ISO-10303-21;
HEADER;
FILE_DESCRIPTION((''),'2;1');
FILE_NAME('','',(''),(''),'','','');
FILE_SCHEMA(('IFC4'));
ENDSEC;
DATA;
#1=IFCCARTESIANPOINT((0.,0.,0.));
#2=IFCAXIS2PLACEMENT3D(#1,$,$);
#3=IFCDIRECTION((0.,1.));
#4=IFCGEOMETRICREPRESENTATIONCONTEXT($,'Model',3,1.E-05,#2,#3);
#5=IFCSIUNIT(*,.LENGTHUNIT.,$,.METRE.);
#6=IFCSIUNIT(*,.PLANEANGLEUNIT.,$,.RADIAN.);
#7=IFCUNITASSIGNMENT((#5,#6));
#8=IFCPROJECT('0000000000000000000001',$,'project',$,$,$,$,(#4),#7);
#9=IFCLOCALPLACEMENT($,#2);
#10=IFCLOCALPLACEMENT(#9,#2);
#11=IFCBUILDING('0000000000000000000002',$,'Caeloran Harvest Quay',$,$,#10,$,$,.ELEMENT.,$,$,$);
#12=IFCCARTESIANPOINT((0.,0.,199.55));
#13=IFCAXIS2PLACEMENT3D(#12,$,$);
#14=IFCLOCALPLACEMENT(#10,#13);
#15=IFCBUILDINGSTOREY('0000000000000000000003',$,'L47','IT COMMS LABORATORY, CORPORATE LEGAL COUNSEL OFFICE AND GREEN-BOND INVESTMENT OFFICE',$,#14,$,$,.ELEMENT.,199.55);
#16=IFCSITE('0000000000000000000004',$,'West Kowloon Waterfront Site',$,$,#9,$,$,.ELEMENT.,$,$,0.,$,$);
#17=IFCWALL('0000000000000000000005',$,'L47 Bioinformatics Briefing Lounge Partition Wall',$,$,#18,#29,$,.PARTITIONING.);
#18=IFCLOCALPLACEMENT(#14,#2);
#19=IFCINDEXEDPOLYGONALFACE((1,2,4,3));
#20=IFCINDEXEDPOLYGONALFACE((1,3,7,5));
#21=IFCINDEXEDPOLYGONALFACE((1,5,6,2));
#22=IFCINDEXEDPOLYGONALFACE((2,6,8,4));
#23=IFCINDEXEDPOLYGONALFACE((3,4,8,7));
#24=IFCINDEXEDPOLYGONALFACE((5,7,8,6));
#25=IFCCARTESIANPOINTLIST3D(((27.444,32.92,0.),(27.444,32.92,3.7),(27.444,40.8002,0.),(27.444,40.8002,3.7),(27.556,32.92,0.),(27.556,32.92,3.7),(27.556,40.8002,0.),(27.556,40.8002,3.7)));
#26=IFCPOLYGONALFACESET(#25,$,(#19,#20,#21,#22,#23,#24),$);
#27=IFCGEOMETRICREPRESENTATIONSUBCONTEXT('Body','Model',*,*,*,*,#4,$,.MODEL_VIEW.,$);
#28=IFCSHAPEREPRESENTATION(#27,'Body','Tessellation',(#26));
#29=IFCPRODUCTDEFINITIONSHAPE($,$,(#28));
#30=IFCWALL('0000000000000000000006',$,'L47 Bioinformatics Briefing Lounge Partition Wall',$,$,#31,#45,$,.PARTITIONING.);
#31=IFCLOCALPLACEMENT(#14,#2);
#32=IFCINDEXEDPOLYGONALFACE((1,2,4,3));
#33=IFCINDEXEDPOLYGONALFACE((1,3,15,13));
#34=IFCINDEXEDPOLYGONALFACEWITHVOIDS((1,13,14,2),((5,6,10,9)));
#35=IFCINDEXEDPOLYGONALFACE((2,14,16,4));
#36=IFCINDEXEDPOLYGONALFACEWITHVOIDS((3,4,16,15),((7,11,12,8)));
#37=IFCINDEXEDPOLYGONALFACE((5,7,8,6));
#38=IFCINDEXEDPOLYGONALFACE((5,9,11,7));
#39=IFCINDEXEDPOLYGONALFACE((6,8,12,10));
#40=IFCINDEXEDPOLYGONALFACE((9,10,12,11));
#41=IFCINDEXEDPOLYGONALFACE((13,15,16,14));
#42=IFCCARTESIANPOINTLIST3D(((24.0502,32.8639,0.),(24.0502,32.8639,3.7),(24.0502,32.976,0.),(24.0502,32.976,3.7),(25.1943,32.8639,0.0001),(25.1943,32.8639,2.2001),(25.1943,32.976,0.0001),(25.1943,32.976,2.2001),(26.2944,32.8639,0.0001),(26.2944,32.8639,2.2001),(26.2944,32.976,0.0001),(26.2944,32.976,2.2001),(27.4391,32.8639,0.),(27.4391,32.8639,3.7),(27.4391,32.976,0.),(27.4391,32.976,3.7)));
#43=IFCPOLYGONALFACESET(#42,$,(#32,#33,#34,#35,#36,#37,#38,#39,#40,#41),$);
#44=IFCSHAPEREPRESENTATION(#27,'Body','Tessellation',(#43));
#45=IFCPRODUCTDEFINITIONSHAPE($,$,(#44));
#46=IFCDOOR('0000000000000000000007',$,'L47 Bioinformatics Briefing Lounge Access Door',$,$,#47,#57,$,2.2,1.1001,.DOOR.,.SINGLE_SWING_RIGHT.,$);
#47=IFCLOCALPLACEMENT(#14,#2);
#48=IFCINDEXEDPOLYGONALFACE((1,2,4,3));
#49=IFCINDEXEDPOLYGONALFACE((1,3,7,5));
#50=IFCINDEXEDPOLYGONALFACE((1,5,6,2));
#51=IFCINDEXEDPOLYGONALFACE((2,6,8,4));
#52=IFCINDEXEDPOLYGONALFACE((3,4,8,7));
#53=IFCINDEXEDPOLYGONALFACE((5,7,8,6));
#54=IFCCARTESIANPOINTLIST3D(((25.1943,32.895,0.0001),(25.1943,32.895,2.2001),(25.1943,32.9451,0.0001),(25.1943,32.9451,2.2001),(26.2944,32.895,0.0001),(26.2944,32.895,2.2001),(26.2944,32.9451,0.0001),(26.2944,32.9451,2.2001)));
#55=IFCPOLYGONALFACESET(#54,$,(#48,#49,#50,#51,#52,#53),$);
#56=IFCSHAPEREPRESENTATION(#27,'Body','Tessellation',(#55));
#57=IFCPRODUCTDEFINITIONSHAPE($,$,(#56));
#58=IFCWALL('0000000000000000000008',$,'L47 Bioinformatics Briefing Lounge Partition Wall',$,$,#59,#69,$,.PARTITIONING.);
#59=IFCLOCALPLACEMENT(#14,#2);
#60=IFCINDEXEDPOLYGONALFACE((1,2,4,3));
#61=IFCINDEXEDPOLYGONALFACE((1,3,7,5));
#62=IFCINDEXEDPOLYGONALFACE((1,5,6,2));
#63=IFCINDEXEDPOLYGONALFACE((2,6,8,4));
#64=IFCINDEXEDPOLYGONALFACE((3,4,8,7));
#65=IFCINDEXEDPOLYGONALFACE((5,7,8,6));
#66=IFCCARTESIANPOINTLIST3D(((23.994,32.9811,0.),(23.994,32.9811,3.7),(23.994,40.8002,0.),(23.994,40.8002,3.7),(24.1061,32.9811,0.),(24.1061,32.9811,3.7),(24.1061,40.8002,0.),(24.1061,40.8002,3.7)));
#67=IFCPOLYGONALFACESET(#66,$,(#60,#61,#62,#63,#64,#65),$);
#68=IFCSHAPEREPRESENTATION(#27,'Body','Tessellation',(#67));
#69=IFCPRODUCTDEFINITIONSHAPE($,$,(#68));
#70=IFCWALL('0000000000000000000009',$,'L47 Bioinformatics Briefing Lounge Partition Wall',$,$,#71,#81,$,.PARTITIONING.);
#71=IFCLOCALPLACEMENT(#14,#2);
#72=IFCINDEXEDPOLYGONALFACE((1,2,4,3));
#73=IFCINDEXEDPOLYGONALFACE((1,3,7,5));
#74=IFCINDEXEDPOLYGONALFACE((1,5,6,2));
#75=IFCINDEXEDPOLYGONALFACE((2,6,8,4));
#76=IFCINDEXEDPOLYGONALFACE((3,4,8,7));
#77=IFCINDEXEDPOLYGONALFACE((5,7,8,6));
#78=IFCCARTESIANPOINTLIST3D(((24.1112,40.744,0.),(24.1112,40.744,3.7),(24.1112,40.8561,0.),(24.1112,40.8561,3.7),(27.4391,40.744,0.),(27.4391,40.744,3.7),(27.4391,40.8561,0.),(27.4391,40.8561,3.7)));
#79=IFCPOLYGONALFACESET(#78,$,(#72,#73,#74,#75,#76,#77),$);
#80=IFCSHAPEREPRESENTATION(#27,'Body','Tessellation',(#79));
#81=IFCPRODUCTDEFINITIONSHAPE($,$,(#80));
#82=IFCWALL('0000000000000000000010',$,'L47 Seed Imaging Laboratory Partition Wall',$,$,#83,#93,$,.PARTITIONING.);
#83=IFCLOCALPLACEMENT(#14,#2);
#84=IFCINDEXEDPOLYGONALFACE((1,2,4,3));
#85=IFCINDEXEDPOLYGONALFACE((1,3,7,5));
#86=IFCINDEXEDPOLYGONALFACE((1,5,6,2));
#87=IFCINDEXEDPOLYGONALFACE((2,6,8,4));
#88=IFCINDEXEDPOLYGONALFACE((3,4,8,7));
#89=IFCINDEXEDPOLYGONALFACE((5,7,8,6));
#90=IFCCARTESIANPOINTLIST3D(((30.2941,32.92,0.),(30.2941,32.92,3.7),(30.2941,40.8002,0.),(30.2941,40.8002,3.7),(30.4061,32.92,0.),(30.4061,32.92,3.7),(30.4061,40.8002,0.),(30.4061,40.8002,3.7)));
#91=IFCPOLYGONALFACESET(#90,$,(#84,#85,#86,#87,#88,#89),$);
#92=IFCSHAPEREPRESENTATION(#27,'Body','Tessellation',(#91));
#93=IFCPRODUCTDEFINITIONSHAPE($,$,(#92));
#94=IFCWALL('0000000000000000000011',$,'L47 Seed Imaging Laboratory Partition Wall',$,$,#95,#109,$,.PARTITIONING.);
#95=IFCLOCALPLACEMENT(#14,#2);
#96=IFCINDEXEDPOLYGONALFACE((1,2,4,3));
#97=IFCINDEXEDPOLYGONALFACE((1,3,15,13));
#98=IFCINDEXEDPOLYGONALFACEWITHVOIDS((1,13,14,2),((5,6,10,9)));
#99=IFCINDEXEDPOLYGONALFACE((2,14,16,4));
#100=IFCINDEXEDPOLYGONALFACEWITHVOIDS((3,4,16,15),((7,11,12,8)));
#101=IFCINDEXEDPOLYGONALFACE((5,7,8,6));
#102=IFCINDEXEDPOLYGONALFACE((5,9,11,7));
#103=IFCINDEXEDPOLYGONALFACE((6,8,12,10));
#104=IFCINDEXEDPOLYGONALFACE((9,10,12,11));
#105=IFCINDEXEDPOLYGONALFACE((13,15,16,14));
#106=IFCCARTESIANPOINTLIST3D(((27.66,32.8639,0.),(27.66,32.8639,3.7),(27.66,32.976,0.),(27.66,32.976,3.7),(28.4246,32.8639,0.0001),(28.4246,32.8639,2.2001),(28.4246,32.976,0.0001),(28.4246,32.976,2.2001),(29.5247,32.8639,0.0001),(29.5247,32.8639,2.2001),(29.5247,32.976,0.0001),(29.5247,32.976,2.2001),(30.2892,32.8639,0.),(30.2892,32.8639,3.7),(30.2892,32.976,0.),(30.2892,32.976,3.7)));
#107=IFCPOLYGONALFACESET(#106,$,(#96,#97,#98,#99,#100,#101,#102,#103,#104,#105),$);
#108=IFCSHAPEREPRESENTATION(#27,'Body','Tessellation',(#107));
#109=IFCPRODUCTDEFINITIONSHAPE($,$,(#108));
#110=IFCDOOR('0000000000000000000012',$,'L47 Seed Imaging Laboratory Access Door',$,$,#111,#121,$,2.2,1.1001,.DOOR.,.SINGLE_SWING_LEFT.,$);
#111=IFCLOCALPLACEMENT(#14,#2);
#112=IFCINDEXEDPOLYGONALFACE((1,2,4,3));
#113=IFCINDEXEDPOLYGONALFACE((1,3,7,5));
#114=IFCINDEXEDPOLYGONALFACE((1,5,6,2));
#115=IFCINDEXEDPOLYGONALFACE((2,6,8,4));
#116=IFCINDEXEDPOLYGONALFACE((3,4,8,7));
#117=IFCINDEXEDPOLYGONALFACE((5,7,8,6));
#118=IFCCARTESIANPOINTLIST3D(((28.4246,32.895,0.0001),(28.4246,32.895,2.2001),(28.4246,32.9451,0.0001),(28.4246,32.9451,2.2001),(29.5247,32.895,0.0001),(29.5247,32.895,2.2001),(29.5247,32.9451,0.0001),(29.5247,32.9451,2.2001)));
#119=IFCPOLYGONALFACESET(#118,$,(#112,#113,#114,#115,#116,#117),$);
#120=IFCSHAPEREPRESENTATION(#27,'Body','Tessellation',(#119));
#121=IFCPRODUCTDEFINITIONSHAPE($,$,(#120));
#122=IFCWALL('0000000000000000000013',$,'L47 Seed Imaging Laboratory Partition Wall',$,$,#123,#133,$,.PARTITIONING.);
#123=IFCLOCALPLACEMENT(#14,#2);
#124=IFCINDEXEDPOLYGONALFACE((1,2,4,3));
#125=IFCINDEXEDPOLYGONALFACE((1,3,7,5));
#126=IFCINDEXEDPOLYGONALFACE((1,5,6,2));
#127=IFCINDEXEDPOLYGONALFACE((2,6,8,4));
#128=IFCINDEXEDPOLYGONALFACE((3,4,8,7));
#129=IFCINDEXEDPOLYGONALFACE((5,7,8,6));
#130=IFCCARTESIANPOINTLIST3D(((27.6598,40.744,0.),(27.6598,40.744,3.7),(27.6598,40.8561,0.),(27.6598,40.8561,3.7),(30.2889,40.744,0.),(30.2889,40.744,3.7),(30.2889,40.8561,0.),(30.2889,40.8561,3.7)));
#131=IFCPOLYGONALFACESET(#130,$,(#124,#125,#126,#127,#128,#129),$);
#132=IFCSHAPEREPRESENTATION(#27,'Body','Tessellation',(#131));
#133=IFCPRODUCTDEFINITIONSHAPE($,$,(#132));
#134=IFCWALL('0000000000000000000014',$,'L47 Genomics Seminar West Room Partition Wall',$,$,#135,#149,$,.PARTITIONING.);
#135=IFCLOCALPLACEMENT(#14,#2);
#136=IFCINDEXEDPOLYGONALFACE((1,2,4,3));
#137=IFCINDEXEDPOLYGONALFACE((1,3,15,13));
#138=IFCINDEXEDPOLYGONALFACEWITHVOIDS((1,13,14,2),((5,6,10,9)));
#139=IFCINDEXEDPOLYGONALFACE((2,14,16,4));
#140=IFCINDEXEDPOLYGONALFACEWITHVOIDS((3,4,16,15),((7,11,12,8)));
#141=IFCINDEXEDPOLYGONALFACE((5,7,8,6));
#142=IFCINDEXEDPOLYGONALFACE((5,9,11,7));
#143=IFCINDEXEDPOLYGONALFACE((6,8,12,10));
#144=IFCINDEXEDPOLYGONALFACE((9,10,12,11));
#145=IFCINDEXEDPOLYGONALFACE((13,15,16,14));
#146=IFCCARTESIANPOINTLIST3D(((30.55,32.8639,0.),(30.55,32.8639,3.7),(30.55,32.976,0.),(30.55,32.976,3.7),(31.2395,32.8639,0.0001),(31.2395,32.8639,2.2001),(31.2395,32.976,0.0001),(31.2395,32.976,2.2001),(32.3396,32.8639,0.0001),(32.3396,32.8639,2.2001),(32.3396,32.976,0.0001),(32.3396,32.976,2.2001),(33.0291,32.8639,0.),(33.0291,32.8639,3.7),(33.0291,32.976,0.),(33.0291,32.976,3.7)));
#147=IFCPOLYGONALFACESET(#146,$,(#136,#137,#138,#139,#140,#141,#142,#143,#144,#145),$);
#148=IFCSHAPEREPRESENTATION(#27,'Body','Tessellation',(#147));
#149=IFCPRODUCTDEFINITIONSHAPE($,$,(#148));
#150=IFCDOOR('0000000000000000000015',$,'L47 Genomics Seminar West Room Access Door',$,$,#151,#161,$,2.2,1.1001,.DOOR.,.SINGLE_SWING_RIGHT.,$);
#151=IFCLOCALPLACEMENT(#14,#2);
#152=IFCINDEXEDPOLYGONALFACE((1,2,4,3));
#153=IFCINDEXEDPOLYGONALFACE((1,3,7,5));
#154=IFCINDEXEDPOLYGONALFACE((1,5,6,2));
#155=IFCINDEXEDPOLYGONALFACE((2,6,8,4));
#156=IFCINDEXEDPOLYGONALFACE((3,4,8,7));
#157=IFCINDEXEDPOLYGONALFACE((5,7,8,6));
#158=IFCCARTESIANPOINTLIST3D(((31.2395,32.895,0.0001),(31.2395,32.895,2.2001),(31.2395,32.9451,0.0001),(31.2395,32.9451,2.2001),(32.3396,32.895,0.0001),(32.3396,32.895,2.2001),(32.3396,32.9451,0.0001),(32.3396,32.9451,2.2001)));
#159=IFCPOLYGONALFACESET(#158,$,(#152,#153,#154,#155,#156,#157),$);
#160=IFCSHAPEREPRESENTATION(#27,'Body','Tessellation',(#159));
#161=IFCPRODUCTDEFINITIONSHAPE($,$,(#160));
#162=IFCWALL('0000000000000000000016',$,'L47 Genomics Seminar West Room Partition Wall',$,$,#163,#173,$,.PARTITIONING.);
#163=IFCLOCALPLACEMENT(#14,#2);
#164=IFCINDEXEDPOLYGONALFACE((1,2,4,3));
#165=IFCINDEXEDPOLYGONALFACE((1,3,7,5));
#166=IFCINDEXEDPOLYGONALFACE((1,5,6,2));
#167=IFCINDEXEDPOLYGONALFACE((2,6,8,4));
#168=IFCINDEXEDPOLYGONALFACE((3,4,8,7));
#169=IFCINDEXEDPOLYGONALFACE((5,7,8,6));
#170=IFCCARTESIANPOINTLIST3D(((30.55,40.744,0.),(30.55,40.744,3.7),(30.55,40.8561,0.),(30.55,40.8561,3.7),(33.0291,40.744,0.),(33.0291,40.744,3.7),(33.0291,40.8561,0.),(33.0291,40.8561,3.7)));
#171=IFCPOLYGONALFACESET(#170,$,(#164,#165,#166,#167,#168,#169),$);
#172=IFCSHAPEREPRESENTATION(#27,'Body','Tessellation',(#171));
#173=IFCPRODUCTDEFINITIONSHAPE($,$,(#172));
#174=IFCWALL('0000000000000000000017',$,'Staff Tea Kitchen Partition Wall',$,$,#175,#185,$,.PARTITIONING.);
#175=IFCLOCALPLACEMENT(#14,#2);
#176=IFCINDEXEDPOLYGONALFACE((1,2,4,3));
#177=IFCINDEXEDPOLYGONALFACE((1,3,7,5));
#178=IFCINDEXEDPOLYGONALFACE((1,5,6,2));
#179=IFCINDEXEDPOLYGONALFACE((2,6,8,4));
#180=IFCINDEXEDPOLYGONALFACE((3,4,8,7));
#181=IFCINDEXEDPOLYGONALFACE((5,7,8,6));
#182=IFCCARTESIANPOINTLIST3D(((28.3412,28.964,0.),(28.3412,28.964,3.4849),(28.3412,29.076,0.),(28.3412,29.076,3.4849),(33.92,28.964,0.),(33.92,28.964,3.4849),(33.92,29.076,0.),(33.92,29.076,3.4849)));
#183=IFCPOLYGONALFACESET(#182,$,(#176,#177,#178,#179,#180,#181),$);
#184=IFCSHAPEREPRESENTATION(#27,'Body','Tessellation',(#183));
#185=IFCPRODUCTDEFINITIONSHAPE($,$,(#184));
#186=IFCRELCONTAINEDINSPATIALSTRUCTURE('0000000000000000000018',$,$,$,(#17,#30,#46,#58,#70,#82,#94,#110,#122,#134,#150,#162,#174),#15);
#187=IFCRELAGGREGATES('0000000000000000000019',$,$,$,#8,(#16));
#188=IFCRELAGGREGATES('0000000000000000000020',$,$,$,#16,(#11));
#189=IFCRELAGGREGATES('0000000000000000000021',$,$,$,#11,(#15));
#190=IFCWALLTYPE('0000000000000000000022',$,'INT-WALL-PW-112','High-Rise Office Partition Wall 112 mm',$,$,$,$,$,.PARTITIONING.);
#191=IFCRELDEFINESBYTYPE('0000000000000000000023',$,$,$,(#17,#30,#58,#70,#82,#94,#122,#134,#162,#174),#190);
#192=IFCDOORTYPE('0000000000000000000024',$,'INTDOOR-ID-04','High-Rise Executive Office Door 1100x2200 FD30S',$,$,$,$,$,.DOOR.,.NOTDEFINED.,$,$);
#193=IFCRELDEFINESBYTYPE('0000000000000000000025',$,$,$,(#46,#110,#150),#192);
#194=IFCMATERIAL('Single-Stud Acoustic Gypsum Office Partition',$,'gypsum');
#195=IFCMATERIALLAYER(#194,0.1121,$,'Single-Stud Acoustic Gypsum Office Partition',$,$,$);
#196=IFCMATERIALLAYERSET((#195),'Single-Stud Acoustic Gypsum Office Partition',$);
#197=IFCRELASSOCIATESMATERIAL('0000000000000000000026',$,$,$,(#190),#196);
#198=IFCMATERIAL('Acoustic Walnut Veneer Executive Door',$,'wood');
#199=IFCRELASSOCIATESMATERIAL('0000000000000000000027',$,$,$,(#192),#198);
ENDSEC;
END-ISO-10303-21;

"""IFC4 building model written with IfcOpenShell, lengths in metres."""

from ifc_helpers import new_model, si_unit, direction, frame, frame_2d, origin, place, context, subcontext, project, spatial, rectangle, extrude, material, layer, layer_set, type_object, element, fill, save


model = new_model("IFC4")

# Units and contexts
model_context = context("Model", 3, precision=1e-05, world=origin(), true_north=direction((0.0, 1.0)))
body_context = subcontext(model_context, "Body", "Model", "MODEL_VIEW")
ifc_project = project(units=[si_unit("LENGTHUNIT", "METRE"), si_unit("PLANEANGLEUNIT", "RADIAN")], contexts=[model_context])

# Site, building, storey
site_placement = place(None, origin())
site = spatial("IfcSite", under=ifc_project, at=site_placement, Name="West Kowloon Waterfront Site", CompositionType="ELEMENT", RefElevation=0.0)
building_placement = place(site_placement, origin())
building = spatial("IfcBuilding", under=site, at=building_placement, Name="Caeloran Harvest Quay", CompositionType="ELEMENT")
storey_placement = place(building_placement, frame((0.0, 0.0, 199.55)))
storey = spatial("IfcBuildingStorey", under=building, at=storey_placement, Name="L47", Description="IT COMMS LABORATORY, CORPORATE LEGAL COUNSEL OFFICE AND GREEN-BOND INVESTMENT OFFICE", CompositionType="ELEMENT", Elevation=199.55)

# Wall
ifc_material_1 = material(Name="Single-Stud Acoustic Gypsum Office Partition", Category="gypsum")
ifc_layer = layer(ifc_material_1, 0.1121, Name="Single-Stud Acoustic Gypsum Office Partition")
ifc_layer_set = layer_set([ifc_layer], Name="Single-Stud Acoustic Gypsum Office Partition")
wall_type = type_object("IfcWallType", Name="INT-WALL-PW-112", Description="High-Rise Office Partition Wall 112 mm", PredefinedType="PARTITIONING", material=ifc_layer_set)
wall_1_placement = place(storey_placement, frame((27.5, 40.8, 0.0), z_axis=(0.0, 0.0, 1.0), x_axis=(0.0, -1.0, 0.0)))
element("IfcWall", 1, at=wall_1_placement, inside=storey, type_object=wall_type, Name="L47 Bioinformatics Briefing Lounge Partition Wall", PredefinedType="PARTITIONING", context=body_context, shape_type="SweptSolid", body=[
    extrude(rectangle(XDim=7.8801, YDim=0.1121, at=frame_2d((3.9399, 0.0))), origin(), (0.0, 0.0, 1.0), 3.7),
])

# Wall, opening, door
wall_2_placement = place(storey_placement, frame((27.439, 32.9199, 0.0), z_axis=(0.0, 0.0, 1.0), x_axis=(-1.0, 0.0, 0.0)))
wall_2 = element("IfcWall", 2, at=wall_2_placement, inside=storey, type_object=wall_type, Name="L47 Bioinformatics Briefing Lounge Partition Wall", PredefinedType="PARTITIONING", context=body_context, shape_type="SweptSolid", body=[
    extrude(rectangle(XDim=3.3889, YDim=0.1121, at=frame_2d((1.6943, 0.0))), origin(), (0.0, 0.0, 1.0), 3.7),
])
opening_1_placement = place(wall_2_placement, frame((1.1445, 0.0, 0.0)))
opening_1 = element("IfcOpeningElement", 3, at=opening_1_placement, cuts=wall_2, PredefinedType="OPENING", context=body_context, shape_type="SweptSolid", body=[
    extrude(rectangle(XDim=1.1001, YDim=2.2, at=frame_2d((0.55, 1.1001))), frame((0.0, 0.0659, 0.0), z_axis=(0.0, -1.0, 0.0), x_axis=(1.0, 0.0, 0.0)), (0.0, 0.0, 1.0), 0.1321),
])
ifc_material_2 = material(Name="Acoustic Walnut Veneer Executive Door", Category="wood")
door_type = type_object("IfcDoorType", Name="INTDOOR-ID-04", Description="High-Rise Executive Office Door 1100x2200 FD30S", OperationType="NOTDEFINED", PredefinedType="DOOR", material=ifc_material_2)
door_1_placement = place(opening_1_placement, origin())
door_1 = element("IfcDoor", 4, at=door_1_placement, inside=storey, type_object=door_type, Name="L47 Bioinformatics Briefing Lounge Access Door", OperationType="SINGLE_SWING_RIGHT", OverallHeight=2.2, OverallWidth=1.1001, PredefinedType="DOOR", context=body_context, shape_type="SweptSolid", body=[
    extrude(rectangle(XDim=1.1001, YDim=2.2, at=frame_2d((0.55, 1.1001))), frame((0.0, 0.0249, 0.0), z_axis=(0.0, -1.0, 0.0), x_axis=(1.0, 0.0, 0.0)), (0.0, 0.0, 1.0), 0.05),
])
fill(opening_1, door_1)

# Walls
wall_3_placement = place(storey_placement, frame((24.05, 32.981, 0.0), z_axis=(0.0, 0.0, 1.0), x_axis=(0.0, 1.0, 0.0)))
element("IfcWall", 5, at=wall_3_placement, inside=storey, type_object=wall_type, Name="L47 Bioinformatics Briefing Lounge Partition Wall", PredefinedType="PARTITIONING", context=body_context, shape_type="SweptSolid", body=[
    extrude(rectangle(XDim=7.8191, YDim=0.1121, at=frame_2d((3.9097, 0.0))), origin(), (0.0, 0.0, 1.0), 3.7),
])
wall_4_placement = place(storey_placement, frame((24.1111, 40.8, 0.0), z_axis=(0.0, 0.0, 1.0), x_axis=(1.0, 0.0, 0.0)))
element("IfcWall", 6, at=wall_4_placement, inside=storey, type_object=wall_type, Name="L47 Bioinformatics Briefing Lounge Partition Wall", PredefinedType="PARTITIONING", context=body_context, shape_type="SweptSolid", body=[
    extrude(rectangle(XDim=3.3279, YDim=0.1121, at=frame_2d((1.6641, 0.0))), origin(), (0.0, 0.0, 1.0), 3.7),
])
wall_5_placement = place(storey_placement, frame((30.3501, 40.8, 0.0), z_axis=(0.0, 0.0, 1.0), x_axis=(0.0, -1.0, 0.0)))
element("IfcWall", 7, at=wall_5_placement, inside=storey, type_object=wall_type, Name="L47 Seed Imaging Laboratory Partition Wall", PredefinedType="PARTITIONING", context=body_context, shape_type="SweptSolid", body=[
    extrude(rectangle(XDim=7.8801, YDim=0.1121, at=frame_2d((3.9399, 0.0))), origin(), (0.0, 0.0, 1.0), 3.7),
])

# Wall, opening, door
wall_6_placement = place(storey_placement, frame((30.2891, 32.9199, 0.0), z_axis=(0.0, 0.0, 1.0), x_axis=(-1.0, 0.0, 0.0)))
wall_6 = element("IfcWall", 8, at=wall_6_placement, inside=storey, type_object=wall_type, Name="L47 Seed Imaging Laboratory Partition Wall", PredefinedType="PARTITIONING", context=body_context, shape_type="SweptSolid", body=[
    extrude(rectangle(XDim=2.6292, YDim=0.1121, at=frame_2d((1.3145, 0.0))), origin(), (0.0, 0.0, 1.0), 3.7),
])
opening_2_placement = place(wall_6_placement, frame((0.7644, 0.0, 0.0)))
opening_2 = element("IfcOpeningElement", 9, at=opening_2_placement, cuts=wall_6, PredefinedType="OPENING", context=body_context, shape_type="SweptSolid", body=[
    extrude(rectangle(XDim=1.1001, YDim=2.2, at=frame_2d((0.55, 1.1001))), frame((0.0, 0.0659, 0.0), z_axis=(0.0, -1.0, 0.0), x_axis=(1.0, 0.0, 0.0)), (0.0, 0.0, 1.0), 0.1321),
])
door_2_placement = place(opening_2_placement, origin())
door_2 = element("IfcDoor", 10, at=door_2_placement, inside=storey, type_object=door_type, Name="L47 Seed Imaging Laboratory Access Door", OperationType="SINGLE_SWING_LEFT", OverallHeight=2.2, OverallWidth=1.1001, PredefinedType="DOOR", context=body_context, shape_type="SweptSolid", body=[
    extrude(rectangle(XDim=1.1001, YDim=2.2, at=frame_2d((0.55, 1.1001))), frame((0.0, 0.0249, 0.0), z_axis=(0.0, -1.0, 0.0), x_axis=(1.0, 0.0, 0.0)), (0.0, 0.0, 1.0), 0.05),
])
fill(opening_2, door_2)

# Wall
wall_7_placement = place(storey_placement, frame((27.6599, 40.8, 0.0), z_axis=(0.0, 0.0, 1.0), x_axis=(1.0, 0.0, 0.0)))
element("IfcWall", 11, at=wall_7_placement, inside=storey, type_object=wall_type, Name="L47 Seed Imaging Laboratory Partition Wall", PredefinedType="PARTITIONING", context=body_context, shape_type="SweptSolid", body=[
    extrude(rectangle(XDim=2.6292, YDim=0.1121, at=frame_2d((1.3145, 0.0))), origin(), (0.0, 0.0, 1.0), 3.7),
])

# Wall, opening, door
wall_8_placement = place(storey_placement, frame((33.0291, 32.9199, 0.0), z_axis=(0.0, 0.0, 1.0), x_axis=(-1.0, 0.0, 0.0)))
wall_8 = element("IfcWall", 12, at=wall_8_placement, inside=storey, type_object=wall_type, Name="L47 Genomics Seminar West Room Partition Wall", PredefinedType="PARTITIONING", context=body_context, shape_type="SweptSolid", body=[
    extrude(rectangle(XDim=2.479, YDim=0.1121, at=frame_2d((1.2395, 0.0))), origin(), (0.0, 0.0, 1.0), 3.7),
])
opening_3_placement = place(wall_8_placement, frame((0.6895, 0.0, 0.0)))
opening_3 = element("IfcOpeningElement", 13, at=opening_3_placement, cuts=wall_8, PredefinedType="OPENING", context=body_context, shape_type="SweptSolid", body=[
    extrude(rectangle(XDim=1.1001, YDim=2.2, at=frame_2d((0.55, 1.1001))), frame((0.0, 0.0659, 0.0), z_axis=(0.0, -1.0, 0.0), x_axis=(1.0, 0.0, 0.0)), (0.0, 0.0, 1.0), 0.1321),
])
door_3_placement = place(opening_3_placement, origin())
door_3 = element("IfcDoor", 14, at=door_3_placement, inside=storey, type_object=door_type, Name="L47 Genomics Seminar West Room Access Door", OperationType="SINGLE_SWING_RIGHT", OverallHeight=2.2, OverallWidth=1.1001, PredefinedType="DOOR", context=body_context, shape_type="SweptSolid", body=[
    extrude(rectangle(XDim=1.1001, YDim=2.2, at=frame_2d((0.55, 1.1001))), frame((0.0, 0.0249, 0.0), z_axis=(0.0, -1.0, 0.0), x_axis=(1.0, 0.0, 0.0)), (0.0, 0.0, 1.0), 0.05),
])
fill(opening_3, door_3)

# Walls
wall_9_placement = place(storey_placement, frame((30.55, 40.8, 0.0), z_axis=(0.0, 0.0, 1.0), x_axis=(1.0, 0.0, 0.0)))
element("IfcWall", 15, at=wall_9_placement, inside=storey, type_object=wall_type, Name="L47 Genomics Seminar West Room Partition Wall", PredefinedType="PARTITIONING", context=body_context, shape_type="SweptSolid", body=[
    extrude(rectangle(XDim=2.479, YDim=0.1121, at=frame_2d((1.2395, 0.0))), origin(), (0.0, 0.0, 1.0), 3.7),
])
wall_10_placement = place(storey_placement, frame((28.3411, 29.02, 0.0), z_axis=(0.0, 0.0, 1.0), x_axis=(1.0, 0.0, 0.0)))
element("IfcWall", 16, at=wall_10_placement, inside=storey, type_object=wall_type, Name="Staff Tea Kitchen Partition Wall", PredefinedType="PARTITIONING", context=body_context, shape_type="SweptSolid", body=[
    extrude(rectangle(XDim=5.5789, YDim=0.1121, at=frame_2d((2.7896, 0.0))), origin(), (0.0, 0.0, 1.0), 3.4849),
])

save(model, "model.ifc")
